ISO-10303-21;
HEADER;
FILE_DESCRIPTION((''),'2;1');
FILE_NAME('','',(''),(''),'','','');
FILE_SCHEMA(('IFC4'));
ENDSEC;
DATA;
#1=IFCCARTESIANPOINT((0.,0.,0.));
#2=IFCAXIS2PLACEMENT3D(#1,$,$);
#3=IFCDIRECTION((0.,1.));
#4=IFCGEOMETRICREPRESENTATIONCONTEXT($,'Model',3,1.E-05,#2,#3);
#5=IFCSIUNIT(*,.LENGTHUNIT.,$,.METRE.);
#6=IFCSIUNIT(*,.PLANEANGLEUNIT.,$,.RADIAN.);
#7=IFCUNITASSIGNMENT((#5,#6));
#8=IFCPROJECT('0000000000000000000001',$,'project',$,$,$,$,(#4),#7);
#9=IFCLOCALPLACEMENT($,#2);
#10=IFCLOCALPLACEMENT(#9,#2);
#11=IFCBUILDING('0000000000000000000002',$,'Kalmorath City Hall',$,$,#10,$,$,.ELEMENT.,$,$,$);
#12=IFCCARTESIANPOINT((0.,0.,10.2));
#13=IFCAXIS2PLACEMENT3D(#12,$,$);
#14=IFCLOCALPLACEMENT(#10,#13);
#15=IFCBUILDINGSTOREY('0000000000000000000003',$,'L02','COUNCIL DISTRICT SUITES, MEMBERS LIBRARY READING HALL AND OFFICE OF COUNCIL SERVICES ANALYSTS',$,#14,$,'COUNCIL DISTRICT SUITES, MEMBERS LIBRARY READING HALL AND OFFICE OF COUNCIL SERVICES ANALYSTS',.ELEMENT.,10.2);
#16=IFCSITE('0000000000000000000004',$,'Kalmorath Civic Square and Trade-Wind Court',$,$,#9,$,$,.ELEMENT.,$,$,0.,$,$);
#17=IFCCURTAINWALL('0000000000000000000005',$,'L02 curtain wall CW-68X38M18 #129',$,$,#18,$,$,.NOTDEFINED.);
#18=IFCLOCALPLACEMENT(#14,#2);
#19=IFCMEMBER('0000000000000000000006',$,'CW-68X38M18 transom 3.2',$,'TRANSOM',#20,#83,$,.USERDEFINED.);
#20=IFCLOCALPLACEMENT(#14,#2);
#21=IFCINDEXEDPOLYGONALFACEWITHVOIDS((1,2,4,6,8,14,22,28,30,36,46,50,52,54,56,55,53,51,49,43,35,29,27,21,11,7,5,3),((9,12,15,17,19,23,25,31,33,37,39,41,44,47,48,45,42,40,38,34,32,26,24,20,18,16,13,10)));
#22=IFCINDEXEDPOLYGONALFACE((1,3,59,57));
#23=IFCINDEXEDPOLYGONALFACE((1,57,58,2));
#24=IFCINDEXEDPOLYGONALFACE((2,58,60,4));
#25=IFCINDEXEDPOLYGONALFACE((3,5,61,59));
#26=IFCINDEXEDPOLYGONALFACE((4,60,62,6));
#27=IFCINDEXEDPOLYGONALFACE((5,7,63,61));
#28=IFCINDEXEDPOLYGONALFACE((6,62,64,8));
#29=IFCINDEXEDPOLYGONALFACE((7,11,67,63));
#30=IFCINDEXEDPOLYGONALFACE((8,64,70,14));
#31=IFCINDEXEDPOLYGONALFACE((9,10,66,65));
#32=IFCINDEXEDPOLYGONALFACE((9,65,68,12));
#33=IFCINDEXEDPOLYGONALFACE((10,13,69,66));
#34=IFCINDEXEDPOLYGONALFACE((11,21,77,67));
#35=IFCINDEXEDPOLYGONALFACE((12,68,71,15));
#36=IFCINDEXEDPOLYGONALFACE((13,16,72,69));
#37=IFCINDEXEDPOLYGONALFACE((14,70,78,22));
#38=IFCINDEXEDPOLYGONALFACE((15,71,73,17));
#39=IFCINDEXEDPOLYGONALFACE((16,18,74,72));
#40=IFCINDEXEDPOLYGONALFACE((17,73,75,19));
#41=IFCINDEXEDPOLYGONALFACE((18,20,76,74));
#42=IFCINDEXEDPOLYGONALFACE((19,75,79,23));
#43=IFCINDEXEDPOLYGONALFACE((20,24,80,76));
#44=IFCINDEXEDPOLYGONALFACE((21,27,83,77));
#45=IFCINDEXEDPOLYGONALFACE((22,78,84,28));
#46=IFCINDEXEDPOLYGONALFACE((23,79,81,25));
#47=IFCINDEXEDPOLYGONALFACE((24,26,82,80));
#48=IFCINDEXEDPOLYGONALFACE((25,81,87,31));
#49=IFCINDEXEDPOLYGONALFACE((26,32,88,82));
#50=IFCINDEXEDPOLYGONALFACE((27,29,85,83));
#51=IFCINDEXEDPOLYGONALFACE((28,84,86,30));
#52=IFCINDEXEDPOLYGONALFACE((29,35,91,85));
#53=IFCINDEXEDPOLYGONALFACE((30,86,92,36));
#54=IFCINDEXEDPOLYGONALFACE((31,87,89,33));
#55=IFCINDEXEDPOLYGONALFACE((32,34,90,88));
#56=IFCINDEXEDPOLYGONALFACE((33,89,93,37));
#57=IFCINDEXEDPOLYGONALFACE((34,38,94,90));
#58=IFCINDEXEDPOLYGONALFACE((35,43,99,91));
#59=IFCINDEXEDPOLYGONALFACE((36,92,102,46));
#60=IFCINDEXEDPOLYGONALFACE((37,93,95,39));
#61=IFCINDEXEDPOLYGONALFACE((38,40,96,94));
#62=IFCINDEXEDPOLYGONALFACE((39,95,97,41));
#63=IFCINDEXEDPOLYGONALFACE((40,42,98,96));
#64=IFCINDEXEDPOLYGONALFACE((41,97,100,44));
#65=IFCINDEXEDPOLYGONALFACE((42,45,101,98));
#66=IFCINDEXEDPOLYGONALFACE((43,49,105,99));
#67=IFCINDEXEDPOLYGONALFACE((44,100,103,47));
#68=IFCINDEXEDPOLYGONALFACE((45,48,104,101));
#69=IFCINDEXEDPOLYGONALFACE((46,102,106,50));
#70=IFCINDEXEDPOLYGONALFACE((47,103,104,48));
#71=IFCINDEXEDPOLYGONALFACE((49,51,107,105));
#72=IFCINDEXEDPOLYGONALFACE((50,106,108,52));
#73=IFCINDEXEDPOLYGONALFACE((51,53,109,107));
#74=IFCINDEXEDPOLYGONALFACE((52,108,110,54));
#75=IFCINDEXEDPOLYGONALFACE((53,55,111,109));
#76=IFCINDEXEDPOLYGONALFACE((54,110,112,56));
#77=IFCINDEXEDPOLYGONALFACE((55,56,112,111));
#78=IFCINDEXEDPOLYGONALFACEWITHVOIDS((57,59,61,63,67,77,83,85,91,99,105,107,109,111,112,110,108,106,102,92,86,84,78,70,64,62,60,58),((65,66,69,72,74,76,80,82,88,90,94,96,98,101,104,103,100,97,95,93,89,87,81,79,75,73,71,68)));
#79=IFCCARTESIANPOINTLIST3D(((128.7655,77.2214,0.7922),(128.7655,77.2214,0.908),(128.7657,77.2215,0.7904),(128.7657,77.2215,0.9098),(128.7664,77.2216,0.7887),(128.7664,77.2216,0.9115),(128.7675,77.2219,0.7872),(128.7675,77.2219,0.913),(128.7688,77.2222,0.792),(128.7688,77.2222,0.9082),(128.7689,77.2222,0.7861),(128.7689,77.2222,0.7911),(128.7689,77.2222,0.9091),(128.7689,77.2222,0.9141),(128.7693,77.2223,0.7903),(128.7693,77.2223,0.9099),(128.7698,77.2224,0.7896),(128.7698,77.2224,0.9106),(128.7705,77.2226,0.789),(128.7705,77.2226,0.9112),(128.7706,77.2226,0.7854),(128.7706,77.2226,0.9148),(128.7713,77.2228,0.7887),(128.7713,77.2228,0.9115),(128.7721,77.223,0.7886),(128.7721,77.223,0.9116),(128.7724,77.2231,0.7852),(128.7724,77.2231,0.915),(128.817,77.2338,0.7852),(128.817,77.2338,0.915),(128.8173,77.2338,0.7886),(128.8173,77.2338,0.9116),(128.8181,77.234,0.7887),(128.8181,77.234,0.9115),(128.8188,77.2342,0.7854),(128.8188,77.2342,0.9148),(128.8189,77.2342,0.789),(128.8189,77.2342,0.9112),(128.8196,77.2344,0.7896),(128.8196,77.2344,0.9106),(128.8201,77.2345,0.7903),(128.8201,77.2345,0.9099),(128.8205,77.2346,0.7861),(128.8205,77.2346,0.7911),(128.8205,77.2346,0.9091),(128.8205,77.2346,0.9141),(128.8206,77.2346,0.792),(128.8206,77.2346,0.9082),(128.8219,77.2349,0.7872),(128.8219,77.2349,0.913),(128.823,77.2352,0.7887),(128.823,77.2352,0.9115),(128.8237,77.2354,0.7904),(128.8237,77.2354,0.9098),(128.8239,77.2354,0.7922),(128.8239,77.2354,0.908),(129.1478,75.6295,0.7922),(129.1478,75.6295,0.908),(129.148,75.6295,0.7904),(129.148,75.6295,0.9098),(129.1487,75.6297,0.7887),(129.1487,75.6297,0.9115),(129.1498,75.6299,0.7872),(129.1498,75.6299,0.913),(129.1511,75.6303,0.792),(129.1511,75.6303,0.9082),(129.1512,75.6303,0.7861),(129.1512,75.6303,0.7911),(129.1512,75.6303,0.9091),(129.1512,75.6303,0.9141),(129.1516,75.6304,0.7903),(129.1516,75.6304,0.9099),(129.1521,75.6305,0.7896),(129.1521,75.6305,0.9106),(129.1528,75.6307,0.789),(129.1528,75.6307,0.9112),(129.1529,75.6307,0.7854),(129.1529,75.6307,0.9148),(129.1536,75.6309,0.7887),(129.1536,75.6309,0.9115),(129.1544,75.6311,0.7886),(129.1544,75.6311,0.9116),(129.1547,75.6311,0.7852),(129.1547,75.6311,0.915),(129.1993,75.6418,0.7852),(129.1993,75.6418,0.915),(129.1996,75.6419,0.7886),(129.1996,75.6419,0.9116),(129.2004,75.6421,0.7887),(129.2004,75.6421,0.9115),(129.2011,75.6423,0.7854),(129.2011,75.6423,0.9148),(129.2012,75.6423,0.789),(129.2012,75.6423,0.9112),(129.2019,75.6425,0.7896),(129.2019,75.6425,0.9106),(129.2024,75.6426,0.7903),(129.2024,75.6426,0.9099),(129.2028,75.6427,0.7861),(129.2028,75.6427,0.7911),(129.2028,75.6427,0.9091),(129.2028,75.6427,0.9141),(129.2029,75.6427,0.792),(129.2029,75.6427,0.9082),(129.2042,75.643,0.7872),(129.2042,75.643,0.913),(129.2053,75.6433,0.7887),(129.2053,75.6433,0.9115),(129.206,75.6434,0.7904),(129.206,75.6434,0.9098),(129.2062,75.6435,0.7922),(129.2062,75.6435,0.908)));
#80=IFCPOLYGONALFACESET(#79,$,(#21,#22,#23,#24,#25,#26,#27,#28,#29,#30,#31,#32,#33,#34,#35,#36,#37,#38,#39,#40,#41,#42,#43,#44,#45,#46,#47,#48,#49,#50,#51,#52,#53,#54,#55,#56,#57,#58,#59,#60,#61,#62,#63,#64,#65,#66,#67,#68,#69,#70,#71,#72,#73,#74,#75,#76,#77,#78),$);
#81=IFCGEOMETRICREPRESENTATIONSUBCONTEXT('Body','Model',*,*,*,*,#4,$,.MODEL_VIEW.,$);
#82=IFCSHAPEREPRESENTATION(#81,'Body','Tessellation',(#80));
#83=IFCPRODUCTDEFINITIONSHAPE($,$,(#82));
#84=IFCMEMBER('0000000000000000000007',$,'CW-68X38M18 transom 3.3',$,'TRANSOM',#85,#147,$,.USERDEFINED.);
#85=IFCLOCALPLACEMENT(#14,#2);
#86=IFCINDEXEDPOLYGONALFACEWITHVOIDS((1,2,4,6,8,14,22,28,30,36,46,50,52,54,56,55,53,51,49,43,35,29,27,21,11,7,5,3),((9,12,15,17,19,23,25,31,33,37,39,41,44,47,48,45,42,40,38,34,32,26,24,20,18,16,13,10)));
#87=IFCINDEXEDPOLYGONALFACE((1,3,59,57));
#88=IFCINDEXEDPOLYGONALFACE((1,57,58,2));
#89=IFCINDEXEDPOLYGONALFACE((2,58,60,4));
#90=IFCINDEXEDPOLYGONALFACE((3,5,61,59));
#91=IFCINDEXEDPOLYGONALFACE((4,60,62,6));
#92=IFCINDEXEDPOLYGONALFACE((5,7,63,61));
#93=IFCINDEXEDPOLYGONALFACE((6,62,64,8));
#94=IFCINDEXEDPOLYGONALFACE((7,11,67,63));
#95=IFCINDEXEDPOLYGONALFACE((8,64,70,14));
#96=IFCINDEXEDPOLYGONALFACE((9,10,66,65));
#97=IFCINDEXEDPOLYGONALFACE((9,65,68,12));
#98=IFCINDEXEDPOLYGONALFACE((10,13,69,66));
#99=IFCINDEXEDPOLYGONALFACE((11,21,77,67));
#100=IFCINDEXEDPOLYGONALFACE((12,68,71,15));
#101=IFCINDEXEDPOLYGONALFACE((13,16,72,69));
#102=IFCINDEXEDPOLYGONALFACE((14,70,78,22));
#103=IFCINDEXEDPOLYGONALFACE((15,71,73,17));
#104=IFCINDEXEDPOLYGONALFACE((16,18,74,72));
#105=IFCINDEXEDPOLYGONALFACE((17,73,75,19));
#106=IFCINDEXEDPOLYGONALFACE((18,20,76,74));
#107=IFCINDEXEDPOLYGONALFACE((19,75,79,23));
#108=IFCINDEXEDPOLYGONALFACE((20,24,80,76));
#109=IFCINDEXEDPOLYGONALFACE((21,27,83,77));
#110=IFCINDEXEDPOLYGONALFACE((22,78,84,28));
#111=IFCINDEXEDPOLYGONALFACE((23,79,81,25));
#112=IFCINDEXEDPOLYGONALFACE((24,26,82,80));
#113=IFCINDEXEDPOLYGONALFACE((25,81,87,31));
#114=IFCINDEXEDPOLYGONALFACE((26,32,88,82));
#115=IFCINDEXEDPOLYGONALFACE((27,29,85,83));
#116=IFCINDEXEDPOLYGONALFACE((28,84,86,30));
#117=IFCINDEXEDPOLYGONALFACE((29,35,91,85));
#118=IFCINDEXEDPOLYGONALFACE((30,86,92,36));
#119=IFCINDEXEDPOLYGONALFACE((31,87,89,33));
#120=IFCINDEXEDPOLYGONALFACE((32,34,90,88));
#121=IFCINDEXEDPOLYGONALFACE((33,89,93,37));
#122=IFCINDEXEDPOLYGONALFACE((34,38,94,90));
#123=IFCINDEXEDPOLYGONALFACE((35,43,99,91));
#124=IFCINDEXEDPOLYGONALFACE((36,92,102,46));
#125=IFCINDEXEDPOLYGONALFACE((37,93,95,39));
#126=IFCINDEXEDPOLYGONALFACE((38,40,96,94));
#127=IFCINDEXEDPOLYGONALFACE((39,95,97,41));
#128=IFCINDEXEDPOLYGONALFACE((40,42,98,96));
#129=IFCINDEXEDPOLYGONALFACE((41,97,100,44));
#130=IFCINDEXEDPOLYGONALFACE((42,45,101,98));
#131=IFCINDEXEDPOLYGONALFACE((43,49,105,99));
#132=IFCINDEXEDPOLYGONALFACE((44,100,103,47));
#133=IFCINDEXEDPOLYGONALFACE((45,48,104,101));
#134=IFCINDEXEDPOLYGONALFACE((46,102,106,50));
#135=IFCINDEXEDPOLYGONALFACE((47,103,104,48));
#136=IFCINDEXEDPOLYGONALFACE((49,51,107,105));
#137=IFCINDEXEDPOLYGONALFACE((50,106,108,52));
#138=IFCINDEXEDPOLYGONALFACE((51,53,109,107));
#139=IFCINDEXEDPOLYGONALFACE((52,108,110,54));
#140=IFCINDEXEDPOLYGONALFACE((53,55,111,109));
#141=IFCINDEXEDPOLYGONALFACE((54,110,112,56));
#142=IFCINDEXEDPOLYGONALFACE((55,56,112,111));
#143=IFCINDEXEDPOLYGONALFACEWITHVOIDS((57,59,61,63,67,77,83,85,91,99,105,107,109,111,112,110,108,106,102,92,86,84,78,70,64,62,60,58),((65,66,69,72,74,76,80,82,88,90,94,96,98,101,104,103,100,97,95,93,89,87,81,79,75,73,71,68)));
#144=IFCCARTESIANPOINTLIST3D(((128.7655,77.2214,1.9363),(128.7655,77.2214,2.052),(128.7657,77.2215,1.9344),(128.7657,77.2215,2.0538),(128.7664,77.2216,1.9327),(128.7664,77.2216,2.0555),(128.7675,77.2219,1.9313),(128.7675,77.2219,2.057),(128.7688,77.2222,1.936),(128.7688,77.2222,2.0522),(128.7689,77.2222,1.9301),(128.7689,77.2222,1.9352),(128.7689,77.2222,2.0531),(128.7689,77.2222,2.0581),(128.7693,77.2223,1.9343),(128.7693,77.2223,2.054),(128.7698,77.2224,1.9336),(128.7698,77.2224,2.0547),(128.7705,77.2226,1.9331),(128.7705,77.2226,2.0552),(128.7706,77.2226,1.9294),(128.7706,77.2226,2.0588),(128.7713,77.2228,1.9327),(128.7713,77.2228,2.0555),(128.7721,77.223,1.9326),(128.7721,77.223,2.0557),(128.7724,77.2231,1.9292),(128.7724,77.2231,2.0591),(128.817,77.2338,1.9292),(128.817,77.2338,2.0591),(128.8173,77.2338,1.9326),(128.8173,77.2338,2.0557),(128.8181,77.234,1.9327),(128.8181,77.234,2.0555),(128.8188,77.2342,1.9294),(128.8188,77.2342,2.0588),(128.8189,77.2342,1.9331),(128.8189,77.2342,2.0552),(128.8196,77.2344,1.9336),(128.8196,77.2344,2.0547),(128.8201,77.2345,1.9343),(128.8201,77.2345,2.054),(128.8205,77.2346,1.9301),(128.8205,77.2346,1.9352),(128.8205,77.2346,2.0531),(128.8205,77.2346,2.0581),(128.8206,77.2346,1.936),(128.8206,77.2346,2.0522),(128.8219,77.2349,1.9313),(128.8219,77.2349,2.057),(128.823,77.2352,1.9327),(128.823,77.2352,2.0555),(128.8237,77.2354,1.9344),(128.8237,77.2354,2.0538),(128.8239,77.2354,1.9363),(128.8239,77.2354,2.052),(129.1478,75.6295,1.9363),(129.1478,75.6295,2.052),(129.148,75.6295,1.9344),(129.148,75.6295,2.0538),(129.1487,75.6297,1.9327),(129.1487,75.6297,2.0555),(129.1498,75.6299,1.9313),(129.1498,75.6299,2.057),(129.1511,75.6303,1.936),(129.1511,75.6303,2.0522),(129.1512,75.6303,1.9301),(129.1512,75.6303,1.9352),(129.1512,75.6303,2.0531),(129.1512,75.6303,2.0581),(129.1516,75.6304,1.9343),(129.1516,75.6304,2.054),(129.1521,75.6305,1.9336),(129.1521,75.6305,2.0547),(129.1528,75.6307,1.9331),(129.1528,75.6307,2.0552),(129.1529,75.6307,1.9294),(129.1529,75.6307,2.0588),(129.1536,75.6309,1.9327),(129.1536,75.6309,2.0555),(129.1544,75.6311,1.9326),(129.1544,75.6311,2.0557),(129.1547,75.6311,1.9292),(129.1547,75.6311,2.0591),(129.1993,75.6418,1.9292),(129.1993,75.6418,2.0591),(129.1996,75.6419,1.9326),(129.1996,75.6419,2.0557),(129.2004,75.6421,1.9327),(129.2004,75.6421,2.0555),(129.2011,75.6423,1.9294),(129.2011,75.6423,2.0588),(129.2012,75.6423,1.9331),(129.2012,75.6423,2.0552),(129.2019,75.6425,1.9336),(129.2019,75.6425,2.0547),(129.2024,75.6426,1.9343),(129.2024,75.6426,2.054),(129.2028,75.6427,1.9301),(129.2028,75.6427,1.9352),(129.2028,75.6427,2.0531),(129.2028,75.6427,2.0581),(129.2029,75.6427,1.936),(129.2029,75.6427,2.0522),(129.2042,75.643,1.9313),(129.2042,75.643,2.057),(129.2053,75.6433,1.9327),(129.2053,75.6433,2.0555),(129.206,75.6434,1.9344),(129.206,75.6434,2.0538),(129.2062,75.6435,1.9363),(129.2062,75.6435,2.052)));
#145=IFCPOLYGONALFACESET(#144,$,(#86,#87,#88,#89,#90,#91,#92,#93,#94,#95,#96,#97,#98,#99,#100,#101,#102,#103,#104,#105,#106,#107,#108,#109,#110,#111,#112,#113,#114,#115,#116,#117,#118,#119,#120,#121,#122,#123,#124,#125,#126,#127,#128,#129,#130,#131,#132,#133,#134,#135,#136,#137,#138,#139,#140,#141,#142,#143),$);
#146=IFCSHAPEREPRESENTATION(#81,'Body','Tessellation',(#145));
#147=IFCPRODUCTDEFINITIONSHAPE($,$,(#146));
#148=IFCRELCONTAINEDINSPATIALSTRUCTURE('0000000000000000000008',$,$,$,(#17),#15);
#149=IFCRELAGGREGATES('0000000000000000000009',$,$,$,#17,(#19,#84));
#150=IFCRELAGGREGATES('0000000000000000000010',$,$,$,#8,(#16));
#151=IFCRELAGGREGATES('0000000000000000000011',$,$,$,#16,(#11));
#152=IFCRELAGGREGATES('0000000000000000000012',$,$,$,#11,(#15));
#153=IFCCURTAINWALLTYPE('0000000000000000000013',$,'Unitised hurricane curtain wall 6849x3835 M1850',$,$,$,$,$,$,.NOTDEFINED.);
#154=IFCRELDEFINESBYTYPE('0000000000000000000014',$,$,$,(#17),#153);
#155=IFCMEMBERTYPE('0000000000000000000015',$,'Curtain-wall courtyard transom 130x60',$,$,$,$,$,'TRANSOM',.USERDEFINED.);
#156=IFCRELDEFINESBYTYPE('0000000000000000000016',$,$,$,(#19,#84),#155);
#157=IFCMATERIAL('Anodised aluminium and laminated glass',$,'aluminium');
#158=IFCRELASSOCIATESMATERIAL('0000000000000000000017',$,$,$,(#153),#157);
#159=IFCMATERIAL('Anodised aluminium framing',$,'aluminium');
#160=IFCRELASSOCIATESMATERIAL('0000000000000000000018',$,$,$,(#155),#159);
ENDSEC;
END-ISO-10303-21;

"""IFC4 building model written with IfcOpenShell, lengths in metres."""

from ifc_helpers import new_model, si_unit, direction, frame, origin, origin_2d, place, context, subcontext, project, spatial, hollow_rectangle, extrude, material, material_profile, profile_set, type_object, element, aggregate, save


model = new_model("IFC4")

# Units and contexts
model_context = context("Model", 3, precision=1e-05, world=origin(), true_north=direction((0.0, 1.0)))
body_context = subcontext(model_context, "Body", "Model", "MODEL_VIEW")
ifc_project = project(units=[si_unit("LENGTHUNIT", "METRE"), si_unit("PLANEANGLEUNIT", "RADIAN")], contexts=[model_context])

# Site, building, storey
site_placement = place(None, origin())
site = spatial("IfcSite", under=ifc_project, at=site_placement, Name="Kalmorath Civic Square and Trade-Wind Court", CompositionType="ELEMENT", RefElevation=0.0)
building_placement = place(site_placement, origin())
building = spatial("IfcBuilding", under=site, at=building_placement, Name="Kalmorath City Hall", CompositionType="ELEMENT")
storey_placement = place(building_placement, frame((0.0, 0.0, 10.2)))
storey = spatial("IfcBuildingStorey", under=building, at=storey_placement, Name="L02", Description="COUNCIL DISTRICT SUITES, MEMBERS LIBRARY READING HALL AND OFFICE OF COUNCIL SERVICES ANALYSTS", LongName="COUNCIL DISTRICT SUITES, MEMBERS LIBRARY READING HALL AND OFFICE OF COUNCIL SERVICES ANALYSTS", CompositionType="ELEMENT", Elevation=10.2)

# Curtain wall, members
ifc_material_1 = material(Name="Anodised aluminium and laminated glass", Category="aluminium")
curtain_wall_type = type_object("IfcCurtainWallType", Name="Unitised hurricane curtain wall 6849x3835 M1850", PredefinedType="NOTDEFINED", material=ifc_material_1)
curtain_wall_1_placement = place(storey_placement, origin())
curtain_wall_1 = element("IfcCurtainWall", 1, at=curtain_wall_1_placement, inside=storey, type_object=curtain_wall_type, Name="L02 curtain wall CW-68X38M18 #129", PredefinedType="NOTDEFINED")
ifc_material_2 = material(Name="Anodised aluminium framing", Category="aluminium")
ifc_material_profile_1 = material_profile(ifc_material_2, hollow_rectangle(XDim=0.0601, YDim=0.1299, WallThickness=0.0034, InnerFilletRadius=0.0034, OuterFilletRadius=0.0071, at=origin_2d()), Name="ALU-TRN-130X60X3.5")
ifc_profile_set_1 = profile_set([ifc_material_profile_1], Name="Anodised aluminium framing")
member_type_1 = type_object("IfcMemberType", Name="Curtain-wall courtyard transom 130x60", ElementType="TRANSOM", PredefinedType="USERDEFINED", material=ifc_profile_set_1)
member_1_placement = place(storey_placement, frame((129.177, 75.6365, 0.8501), z_axis=(-0.233508, 0.972355, 0.0), x_axis=(-0.972355, -0.233508, 0.0)))
member_1 = element("IfcMember", 2, at=member_1_placement, type_object=member_type_1, Name="CW-68X38M18 transom 3.2", ObjectType="TRANSOM", PredefinedType="USERDEFINED", context=body_context, shape_type="SweptSolid", body=[
    extrude(hollow_rectangle(XDim=0.0601, YDim=0.1299, WallThickness=0.0034, InnerFilletRadius=0.0034, OuterFilletRadius=0.0071, at=origin_2d()), origin(), (0.0, 0.0, 1.0), 1.6372),
])
member_2_placement = place(storey_placement, frame((129.177, 75.6365, 1.9941), z_axis=(-0.233508, 0.972355, 0.0), x_axis=(-0.972355, -0.233508, 0.0)))
member_2 = element("IfcMember", 3, at=member_2_placement, type_object=member_type_1, Name="CW-68X38M18 transom 3.3", ObjectType="TRANSOM", PredefinedType="USERDEFINED", context=body_context, shape_type="SweptSolid", body=[
    extrude(hollow_rectangle(XDim=0.0601, YDim=0.1299, WallThickness=0.0034, InnerFilletRadius=0.0034, OuterFilletRadius=0.0071, at=origin_2d()), origin(), (0.0, 0.0, 1.0), 1.6372),
])

aggregate(curtain_wall_1, [member_1, member_2])

save(model, "model.ifc")
